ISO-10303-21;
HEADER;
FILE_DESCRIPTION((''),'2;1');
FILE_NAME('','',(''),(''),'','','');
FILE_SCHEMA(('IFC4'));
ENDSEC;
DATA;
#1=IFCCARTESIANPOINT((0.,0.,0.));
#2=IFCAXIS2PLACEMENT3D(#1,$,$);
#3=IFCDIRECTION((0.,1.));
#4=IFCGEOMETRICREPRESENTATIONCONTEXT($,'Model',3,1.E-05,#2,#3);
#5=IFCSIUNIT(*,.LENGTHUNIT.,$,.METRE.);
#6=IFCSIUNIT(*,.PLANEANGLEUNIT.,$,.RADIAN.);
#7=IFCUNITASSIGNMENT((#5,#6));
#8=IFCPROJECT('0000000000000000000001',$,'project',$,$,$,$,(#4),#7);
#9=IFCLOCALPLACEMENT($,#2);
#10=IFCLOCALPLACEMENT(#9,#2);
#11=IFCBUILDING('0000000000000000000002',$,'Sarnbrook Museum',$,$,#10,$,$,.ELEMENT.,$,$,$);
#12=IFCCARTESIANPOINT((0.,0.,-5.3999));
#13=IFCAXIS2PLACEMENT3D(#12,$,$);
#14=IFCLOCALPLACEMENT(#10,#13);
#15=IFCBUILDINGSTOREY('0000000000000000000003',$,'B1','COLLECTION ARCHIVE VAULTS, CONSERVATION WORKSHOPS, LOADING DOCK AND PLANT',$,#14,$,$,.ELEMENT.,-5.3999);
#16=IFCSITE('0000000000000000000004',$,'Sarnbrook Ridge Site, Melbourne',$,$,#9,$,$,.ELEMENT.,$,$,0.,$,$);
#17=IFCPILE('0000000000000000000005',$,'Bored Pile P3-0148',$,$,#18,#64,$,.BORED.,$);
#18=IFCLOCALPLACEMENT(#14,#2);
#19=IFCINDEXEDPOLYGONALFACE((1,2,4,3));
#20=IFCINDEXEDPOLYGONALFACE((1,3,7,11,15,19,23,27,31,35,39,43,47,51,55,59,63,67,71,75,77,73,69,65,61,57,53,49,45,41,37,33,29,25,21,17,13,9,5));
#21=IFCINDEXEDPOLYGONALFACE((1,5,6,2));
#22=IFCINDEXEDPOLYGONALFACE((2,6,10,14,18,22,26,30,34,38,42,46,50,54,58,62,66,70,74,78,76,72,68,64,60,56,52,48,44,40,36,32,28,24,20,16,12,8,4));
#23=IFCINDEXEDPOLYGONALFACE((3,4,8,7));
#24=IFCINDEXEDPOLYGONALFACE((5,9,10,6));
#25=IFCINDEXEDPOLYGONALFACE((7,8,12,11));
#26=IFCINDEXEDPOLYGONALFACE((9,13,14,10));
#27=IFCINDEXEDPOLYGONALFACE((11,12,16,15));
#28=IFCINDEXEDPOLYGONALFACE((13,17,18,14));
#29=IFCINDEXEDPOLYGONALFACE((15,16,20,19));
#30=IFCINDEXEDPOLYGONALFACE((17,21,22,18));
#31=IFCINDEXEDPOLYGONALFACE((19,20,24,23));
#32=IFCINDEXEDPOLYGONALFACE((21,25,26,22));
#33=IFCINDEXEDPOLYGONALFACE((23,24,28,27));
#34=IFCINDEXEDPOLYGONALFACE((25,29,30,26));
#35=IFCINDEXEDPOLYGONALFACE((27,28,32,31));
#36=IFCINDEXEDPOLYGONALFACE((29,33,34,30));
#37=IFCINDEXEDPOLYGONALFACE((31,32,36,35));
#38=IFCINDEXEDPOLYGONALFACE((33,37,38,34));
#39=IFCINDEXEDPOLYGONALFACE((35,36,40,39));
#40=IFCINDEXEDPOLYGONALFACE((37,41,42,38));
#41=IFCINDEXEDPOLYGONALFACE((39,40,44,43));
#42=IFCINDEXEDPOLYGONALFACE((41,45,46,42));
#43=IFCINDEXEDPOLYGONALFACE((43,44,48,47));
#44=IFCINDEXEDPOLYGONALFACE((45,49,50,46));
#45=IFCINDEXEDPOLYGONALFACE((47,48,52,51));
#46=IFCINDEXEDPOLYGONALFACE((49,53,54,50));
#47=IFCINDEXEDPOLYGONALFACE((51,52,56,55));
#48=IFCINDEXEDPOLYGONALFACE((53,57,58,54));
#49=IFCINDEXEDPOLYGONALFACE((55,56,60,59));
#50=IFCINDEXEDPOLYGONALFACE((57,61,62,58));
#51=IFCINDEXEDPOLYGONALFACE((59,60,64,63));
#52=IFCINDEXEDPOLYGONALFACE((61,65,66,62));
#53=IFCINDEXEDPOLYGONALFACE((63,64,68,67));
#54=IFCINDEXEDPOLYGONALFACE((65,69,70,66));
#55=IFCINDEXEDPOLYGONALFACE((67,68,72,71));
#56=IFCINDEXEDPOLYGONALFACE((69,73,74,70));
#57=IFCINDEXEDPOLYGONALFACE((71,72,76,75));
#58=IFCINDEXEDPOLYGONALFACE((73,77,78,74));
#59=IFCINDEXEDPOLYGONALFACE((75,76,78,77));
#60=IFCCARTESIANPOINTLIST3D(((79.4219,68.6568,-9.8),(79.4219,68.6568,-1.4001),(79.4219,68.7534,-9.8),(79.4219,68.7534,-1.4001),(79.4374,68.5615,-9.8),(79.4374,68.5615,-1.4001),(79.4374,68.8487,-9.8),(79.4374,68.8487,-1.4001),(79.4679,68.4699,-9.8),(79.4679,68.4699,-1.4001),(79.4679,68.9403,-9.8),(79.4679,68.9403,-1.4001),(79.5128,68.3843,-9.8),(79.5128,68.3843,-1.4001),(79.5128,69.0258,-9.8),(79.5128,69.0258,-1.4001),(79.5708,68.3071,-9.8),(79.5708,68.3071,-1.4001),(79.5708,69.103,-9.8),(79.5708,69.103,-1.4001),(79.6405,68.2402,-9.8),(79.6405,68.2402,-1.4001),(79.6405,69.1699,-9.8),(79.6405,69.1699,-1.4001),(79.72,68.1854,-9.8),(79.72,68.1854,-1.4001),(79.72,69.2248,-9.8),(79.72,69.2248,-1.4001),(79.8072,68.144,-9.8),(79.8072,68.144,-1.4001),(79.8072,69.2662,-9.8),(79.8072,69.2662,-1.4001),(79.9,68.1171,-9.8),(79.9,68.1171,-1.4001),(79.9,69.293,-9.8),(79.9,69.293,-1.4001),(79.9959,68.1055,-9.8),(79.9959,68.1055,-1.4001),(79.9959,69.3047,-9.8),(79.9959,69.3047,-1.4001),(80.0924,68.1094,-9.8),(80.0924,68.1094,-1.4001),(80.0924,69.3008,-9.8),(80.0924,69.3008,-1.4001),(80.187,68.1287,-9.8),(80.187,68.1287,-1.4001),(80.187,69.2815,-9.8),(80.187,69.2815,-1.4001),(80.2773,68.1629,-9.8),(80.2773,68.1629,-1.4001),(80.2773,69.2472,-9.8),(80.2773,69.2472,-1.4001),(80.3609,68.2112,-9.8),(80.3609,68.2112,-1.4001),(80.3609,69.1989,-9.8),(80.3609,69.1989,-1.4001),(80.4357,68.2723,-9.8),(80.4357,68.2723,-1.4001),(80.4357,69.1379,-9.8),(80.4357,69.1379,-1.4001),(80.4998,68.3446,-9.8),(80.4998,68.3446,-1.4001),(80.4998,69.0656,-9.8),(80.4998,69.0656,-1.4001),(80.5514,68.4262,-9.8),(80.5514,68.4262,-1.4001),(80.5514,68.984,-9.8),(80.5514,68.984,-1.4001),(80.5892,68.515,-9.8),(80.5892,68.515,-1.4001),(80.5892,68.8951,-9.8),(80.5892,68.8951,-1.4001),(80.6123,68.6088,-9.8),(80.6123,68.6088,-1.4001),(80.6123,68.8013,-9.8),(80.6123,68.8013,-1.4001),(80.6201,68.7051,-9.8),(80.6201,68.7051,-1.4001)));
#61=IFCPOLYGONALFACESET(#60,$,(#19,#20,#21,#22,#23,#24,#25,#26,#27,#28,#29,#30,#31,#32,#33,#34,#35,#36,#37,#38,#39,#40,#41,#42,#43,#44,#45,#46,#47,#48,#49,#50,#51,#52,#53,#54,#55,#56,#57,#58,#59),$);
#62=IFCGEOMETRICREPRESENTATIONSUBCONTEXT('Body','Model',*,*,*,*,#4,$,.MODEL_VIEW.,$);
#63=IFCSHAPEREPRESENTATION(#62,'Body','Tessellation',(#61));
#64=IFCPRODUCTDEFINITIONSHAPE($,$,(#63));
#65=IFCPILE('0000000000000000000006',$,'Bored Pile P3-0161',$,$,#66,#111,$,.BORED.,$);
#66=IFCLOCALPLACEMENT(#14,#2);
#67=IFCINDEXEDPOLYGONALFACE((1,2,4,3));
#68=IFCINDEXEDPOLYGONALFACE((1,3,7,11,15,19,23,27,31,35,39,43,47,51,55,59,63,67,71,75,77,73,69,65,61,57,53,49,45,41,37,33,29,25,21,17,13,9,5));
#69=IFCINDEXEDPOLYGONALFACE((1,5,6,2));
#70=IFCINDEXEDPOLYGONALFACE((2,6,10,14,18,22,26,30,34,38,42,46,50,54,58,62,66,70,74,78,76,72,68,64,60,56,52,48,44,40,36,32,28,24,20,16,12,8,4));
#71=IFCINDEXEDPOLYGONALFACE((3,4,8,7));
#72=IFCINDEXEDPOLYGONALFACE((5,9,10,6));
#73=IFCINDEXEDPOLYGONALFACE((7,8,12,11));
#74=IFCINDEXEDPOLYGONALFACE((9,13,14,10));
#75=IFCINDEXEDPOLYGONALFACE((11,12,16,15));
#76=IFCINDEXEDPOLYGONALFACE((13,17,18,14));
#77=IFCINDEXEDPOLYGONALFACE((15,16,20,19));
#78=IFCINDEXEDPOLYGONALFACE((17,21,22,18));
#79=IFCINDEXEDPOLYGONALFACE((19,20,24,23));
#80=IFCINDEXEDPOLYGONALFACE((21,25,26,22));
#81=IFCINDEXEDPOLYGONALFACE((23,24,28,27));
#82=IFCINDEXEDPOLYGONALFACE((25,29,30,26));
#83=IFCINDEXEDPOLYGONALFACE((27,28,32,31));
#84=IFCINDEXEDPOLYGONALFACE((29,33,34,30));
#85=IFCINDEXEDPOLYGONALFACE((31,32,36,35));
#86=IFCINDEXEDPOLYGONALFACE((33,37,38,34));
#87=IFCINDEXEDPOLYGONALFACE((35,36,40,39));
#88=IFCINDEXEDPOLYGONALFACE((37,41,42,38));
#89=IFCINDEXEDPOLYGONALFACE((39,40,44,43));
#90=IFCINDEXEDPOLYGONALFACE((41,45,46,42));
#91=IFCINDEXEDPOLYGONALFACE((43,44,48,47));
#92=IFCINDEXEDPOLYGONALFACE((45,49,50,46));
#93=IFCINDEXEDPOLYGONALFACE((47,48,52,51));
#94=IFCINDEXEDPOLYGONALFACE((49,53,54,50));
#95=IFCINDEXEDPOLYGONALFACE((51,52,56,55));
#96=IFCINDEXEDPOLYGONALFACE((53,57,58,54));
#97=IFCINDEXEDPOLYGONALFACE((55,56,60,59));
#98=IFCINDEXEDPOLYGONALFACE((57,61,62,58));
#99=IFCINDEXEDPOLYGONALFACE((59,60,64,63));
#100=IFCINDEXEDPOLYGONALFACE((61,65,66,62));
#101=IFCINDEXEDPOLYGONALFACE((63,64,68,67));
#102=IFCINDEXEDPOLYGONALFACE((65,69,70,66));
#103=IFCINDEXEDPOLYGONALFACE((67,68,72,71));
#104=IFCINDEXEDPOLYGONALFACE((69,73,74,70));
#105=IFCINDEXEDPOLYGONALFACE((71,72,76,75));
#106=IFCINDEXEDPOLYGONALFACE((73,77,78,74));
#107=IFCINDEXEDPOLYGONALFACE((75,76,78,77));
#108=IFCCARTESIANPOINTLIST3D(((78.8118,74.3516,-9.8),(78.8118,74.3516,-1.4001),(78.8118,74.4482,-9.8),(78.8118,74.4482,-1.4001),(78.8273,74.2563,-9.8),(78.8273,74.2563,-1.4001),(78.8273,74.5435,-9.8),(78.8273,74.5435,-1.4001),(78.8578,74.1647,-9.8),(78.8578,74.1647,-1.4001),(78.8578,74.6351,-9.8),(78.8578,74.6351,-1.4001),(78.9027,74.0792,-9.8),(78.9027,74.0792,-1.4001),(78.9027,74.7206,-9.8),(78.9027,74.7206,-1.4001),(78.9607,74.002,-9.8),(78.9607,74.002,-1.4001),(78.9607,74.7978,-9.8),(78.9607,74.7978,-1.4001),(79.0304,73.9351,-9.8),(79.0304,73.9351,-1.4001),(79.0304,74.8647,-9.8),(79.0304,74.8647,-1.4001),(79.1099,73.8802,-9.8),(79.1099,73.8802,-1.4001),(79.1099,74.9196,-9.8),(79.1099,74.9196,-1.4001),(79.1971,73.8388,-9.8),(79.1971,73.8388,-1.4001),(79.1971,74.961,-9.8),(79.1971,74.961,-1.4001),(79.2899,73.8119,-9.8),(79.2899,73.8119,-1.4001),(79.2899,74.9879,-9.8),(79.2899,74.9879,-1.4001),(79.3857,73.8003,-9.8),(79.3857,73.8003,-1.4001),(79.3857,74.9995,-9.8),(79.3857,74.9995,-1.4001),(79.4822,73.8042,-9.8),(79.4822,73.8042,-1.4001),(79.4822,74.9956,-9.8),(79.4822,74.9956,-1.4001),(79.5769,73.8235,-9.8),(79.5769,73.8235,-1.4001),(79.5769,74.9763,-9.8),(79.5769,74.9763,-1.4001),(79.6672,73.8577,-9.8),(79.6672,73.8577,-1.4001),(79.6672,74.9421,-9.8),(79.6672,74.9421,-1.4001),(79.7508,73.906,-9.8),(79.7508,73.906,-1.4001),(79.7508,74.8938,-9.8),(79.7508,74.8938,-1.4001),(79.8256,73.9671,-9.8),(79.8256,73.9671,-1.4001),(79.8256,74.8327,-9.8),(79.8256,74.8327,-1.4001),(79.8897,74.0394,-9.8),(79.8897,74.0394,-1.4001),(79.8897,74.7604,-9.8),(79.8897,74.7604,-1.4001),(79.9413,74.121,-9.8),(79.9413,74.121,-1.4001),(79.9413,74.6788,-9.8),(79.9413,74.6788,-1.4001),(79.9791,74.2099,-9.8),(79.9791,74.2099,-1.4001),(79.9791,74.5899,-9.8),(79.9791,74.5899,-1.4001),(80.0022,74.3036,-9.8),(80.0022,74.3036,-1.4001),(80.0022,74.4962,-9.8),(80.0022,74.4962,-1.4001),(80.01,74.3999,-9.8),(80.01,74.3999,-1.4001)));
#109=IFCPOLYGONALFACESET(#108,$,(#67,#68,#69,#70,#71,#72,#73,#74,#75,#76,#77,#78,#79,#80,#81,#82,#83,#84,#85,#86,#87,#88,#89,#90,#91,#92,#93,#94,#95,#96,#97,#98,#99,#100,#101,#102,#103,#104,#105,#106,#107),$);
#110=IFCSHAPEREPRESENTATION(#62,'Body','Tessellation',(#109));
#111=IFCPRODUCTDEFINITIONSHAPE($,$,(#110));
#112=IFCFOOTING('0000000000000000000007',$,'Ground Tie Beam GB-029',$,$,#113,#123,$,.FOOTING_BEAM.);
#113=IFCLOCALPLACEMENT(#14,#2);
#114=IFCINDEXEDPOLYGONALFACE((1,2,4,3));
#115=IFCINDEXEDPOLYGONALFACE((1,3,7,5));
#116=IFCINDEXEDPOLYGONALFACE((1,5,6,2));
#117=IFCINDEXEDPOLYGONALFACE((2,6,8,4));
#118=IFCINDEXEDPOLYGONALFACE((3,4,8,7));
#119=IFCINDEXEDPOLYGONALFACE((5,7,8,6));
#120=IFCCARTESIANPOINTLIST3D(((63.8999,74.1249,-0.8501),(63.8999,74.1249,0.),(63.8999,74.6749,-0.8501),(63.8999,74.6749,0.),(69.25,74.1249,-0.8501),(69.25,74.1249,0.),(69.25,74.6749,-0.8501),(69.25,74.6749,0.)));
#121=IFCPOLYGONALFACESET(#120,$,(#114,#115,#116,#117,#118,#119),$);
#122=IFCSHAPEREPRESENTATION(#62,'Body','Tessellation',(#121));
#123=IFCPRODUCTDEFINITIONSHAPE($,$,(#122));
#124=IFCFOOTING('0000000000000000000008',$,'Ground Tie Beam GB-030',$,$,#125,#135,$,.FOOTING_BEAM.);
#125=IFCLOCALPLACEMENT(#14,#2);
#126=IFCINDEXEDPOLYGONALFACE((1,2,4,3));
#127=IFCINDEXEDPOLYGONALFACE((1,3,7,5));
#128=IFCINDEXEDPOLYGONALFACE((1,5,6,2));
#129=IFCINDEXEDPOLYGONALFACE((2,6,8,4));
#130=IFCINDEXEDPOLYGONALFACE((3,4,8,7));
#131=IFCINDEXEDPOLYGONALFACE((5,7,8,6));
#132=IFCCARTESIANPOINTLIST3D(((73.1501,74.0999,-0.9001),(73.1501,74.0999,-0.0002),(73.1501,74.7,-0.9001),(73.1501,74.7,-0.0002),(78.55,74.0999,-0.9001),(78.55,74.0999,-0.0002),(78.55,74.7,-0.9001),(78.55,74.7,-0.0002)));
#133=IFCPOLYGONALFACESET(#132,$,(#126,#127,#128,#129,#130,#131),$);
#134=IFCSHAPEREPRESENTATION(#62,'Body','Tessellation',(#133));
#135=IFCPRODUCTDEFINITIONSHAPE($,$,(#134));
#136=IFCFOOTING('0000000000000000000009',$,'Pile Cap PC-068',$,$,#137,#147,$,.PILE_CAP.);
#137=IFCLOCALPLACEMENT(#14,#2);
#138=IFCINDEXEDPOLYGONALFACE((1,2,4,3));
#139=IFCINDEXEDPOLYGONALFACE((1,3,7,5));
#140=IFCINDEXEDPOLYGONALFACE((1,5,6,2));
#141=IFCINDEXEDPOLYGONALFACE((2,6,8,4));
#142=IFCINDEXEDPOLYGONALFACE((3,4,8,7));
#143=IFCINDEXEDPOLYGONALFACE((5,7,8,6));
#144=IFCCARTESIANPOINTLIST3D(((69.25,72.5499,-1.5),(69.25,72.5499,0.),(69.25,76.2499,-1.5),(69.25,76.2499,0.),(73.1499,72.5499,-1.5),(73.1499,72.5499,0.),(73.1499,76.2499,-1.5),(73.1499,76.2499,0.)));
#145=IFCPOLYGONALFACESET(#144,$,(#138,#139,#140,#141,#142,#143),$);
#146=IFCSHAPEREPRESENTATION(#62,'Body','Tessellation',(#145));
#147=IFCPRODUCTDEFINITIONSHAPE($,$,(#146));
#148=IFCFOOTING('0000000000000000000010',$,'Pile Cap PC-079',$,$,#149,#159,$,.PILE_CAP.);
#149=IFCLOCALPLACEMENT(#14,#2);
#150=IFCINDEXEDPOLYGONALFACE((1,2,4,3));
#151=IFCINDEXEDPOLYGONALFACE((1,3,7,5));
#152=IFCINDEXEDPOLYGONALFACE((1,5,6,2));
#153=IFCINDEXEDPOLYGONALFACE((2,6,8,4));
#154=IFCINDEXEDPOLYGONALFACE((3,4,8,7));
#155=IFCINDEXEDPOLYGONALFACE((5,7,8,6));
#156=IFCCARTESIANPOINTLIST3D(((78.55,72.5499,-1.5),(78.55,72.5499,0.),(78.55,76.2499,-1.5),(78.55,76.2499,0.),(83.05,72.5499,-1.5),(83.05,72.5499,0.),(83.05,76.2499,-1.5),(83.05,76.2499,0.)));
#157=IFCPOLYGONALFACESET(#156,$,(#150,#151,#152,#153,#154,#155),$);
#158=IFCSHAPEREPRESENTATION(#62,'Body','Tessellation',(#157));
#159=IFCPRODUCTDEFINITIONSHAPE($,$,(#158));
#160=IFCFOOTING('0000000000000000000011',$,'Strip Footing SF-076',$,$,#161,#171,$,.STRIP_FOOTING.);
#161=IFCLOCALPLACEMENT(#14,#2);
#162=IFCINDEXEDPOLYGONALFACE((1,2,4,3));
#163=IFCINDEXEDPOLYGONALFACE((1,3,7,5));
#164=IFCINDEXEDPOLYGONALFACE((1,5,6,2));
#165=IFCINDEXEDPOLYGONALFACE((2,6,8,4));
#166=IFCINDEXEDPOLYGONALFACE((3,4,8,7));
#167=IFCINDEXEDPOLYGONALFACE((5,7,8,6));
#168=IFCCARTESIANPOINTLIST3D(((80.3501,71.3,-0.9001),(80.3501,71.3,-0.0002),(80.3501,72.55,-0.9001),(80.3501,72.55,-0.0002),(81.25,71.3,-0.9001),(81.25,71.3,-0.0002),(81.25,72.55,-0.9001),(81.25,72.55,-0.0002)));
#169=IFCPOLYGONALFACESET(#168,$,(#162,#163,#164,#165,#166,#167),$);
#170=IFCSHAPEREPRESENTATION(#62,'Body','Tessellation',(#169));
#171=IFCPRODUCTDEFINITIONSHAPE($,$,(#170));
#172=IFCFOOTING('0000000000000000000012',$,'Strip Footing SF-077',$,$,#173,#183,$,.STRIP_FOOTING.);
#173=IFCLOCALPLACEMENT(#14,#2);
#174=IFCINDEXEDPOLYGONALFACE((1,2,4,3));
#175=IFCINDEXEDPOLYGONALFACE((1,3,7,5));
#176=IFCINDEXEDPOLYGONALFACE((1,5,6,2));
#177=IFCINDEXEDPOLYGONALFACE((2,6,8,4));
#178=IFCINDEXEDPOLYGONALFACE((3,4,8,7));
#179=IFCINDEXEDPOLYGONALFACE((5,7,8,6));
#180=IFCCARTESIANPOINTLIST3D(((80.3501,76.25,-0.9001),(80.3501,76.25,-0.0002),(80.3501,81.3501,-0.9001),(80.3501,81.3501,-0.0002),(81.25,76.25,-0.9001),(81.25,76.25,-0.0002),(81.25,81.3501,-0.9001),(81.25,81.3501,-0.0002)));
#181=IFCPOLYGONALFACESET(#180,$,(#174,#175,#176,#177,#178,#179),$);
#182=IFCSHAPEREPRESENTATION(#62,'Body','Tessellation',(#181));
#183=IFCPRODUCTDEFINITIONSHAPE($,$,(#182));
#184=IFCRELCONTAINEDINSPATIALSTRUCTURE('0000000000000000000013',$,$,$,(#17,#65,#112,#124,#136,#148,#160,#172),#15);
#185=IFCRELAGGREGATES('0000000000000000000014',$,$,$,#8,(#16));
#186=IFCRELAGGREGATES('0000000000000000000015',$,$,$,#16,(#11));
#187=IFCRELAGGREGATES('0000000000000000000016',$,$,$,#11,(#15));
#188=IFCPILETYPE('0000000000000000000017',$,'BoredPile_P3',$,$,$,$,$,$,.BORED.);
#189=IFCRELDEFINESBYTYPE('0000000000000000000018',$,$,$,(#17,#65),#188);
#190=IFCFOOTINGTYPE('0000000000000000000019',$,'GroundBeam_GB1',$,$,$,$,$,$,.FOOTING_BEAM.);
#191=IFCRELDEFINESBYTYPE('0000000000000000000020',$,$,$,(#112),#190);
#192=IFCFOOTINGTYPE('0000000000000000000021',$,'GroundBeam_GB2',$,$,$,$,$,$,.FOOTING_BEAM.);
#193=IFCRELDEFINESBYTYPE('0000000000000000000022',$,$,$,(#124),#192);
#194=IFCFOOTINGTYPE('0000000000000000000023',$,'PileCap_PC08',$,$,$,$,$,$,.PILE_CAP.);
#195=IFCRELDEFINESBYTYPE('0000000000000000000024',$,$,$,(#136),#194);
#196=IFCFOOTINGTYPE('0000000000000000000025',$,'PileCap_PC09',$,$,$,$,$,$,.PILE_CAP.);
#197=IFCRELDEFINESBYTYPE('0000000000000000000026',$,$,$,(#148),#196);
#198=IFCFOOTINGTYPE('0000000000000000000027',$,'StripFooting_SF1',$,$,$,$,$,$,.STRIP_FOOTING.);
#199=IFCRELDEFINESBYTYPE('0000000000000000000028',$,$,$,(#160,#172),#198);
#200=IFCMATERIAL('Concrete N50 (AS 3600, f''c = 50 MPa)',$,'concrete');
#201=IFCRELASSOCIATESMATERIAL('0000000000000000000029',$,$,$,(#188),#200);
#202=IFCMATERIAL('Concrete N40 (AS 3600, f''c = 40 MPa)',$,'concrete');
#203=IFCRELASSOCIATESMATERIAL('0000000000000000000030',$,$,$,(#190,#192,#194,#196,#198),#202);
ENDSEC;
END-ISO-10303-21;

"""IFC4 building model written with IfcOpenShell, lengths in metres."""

from ifc_helpers import new_model, si_unit, direction, frame, origin, origin_2d, place, context, subcontext, project, spatial, rectangle, circle, extrude, material, material_profile, profile_set, type_object, element, save


model = new_model("IFC4")

# Units and contexts
model_context = context("Model", 3, precision=1e-05, world=origin(), true_north=direction((0.0, 1.0)))
body_context = subcontext(model_context, "Body", "Model", "MODEL_VIEW")
ifc_project = project(units=[si_unit("LENGTHUNIT", "METRE"), si_unit("PLANEANGLEUNIT", "RADIAN")], contexts=[model_context])

# Site, building, storey
site_placement = place(None, origin())
site = spatial("IfcSite", under=ifc_project, at=site_placement, Name="Sarnbrook Ridge Site, Melbourne", CompositionType="ELEMENT", RefElevation=0.0)
building_placement = place(site_placement, origin())
building = spatial("IfcBuilding", under=site, at=building_placement, Name="Sarnbrook Museum", CompositionType="ELEMENT")
storey_placement = place(building_placement, frame((0.0, 0.0, -5.3999)))
storey = spatial("IfcBuildingStorey", under=building, at=storey_placement, Name="B1", Description="COLLECTION ARCHIVE VAULTS, CONSERVATION WORKSHOPS, LOADING DOCK AND PLANT", CompositionType="ELEMENT", Elevation=-5.3999)

# Piles
ifc_material_1 = material(Name="Concrete N50 (AS 3600, f'c = 50 MPa)", Category="concrete")
ifc_material_profile_1 = material_profile(ifc_material_1, circle(Radius=0.6001, at=origin_2d()), Name="BORED PILE D1200")
ifc_profile_set_1 = profile_set([ifc_material_profile_1], Name="Concrete N50 (AS 3600, f'c = 50 MPa)")
pile_type_1 = type_object("IfcPileType", Name="BoredPile_P3", PredefinedType="BORED", material=ifc_profile_set_1)
for number, where, z_axis, x_axis, name in (
    (1, (80.02, 68.7051, -1.4001), (0.0, 0.0, -1.0), (1.0, 0.0, 0.0), "Bored Pile P3-0148"),
    (2, (79.4099, 74.3999, -1.4001), (0.0, 0.0, -1.0), (1.0, 0.0, 0.0), "Bored Pile P3-0161"),
):
    element("IfcPile", number, at=place(storey_placement, frame(where, z_axis=z_axis, x_axis=x_axis)), inside=storey, type_object=pile_type_1, Name=name, PredefinedType="BORED", context=body_context, shape_type="SweptSolid", body=[
        extrude(circle(Radius=0.6001, at=origin_2d()), origin(), (0.0, 0.0, 1.0), 8.3999),
    ])

# Footings
ifc_material_2 = material(Name="Concrete N40 (AS 3600, f'c = 40 MPa)", Category="concrete")
footing_type_1 = type_object("IfcFootingType", Name="GroundBeam_GB1", PredefinedType="FOOTING_BEAM", material=ifc_material_2)
footing_1_placement = place(storey_placement, frame((66.575, 74.3999, -0.8501), z_axis=(0.0, 0.0, 1.0), x_axis=(1.0, 0.0, 0.0)))
element("IfcFooting", 3, at=footing_1_placement, inside=storey, type_object=footing_type_1, Name="Ground Tie Beam GB-029", PredefinedType="FOOTING_BEAM", context=body_context, shape_type="SweptSolid", body=[
    extrude(rectangle(XDim=5.3501, YDim=0.55, at=origin_2d()), origin(), (0.0, 0.0, 1.0), 0.8501),
])
footing_type_2 = type_object("IfcFootingType", Name="GroundBeam_GB2", PredefinedType="FOOTING_BEAM", material=ifc_material_2)
footing_2_placement = place(storey_placement, frame((75.8501, 74.3999, -0.9001), z_axis=(0.0, 0.0, 1.0), x_axis=(1.0, 0.0, 0.0)))
element("IfcFooting", 4, at=footing_2_placement, inside=storey, type_object=footing_type_2, Name="Ground Tie Beam GB-030", PredefinedType="FOOTING_BEAM", context=body_context, shape_type="SweptSolid", body=[
    extrude(rectangle(XDim=5.3999, YDim=0.6001, at=origin_2d()), origin(), (0.0, 0.0, 1.0), 0.8999),
])
footing_type_3 = type_object("IfcFootingType", Name="PileCap_PC08", PredefinedType="PILE_CAP", material=ifc_material_2)
footing_3_placement = place(storey_placement, frame((71.2, 74.3999, -1.5), z_axis=(0.0, 0.0, 1.0), x_axis=(1.0, 0.0, 0.0)))
element("IfcFooting", 5, at=footing_3_placement, inside=storey, type_object=footing_type_3, Name="Pile Cap PC-068", PredefinedType="PILE_CAP", context=body_context, shape_type="SweptSolid", body=[
    extrude(rectangle(XDim=3.8999, YDim=3.7, at=origin_2d()), origin(), (0.0, 0.0, 1.0), 1.5),
])
footing_type_4 = type_object("IfcFootingType", Name="PileCap_PC09", PredefinedType="PILE_CAP", material=ifc_material_2)
footing_4_placement = place(storey_placement, frame((80.8, 74.3999, -1.5), z_axis=(0.0, 0.0, 1.0), x_axis=(1.0, 0.0, 0.0)))
element("IfcFooting", 6, at=footing_4_placement, inside=storey, type_object=footing_type_4, Name="Pile Cap PC-079", PredefinedType="PILE_CAP", context=body_context, shape_type="SweptSolid", body=[
    extrude(rectangle(XDim=4.5, YDim=3.7, at=origin_2d()), origin(), (0.0, 0.0, 1.0), 1.5),
])
footing_type_5 = type_object("IfcFootingType", Name="StripFooting_SF1", PredefinedType="STRIP_FOOTING", material=ifc_material_2)
footing_5_placement = place(storey_placement, frame((80.8, 71.925, -0.9001), z_axis=(0.0, 0.0, 1.0), x_axis=(1.0, 0.0, 0.0)))
element("IfcFooting", 7, at=footing_5_placement, inside=storey, type_object=footing_type_5, Name="Strip Footing SF-076", PredefinedType="STRIP_FOOTING", context=body_context, shape_type="SweptSolid", body=[
    extrude(rectangle(XDim=0.8999, YDim=1.25, at=origin_2d()), origin(), (0.0, 0.0, 1.0), 0.8999),
])
footing_6_placement = place(storey_placement, frame((80.8, 78.8, -0.9001), z_axis=(0.0, 0.0, 1.0), x_axis=(1.0, 0.0, 0.0)))
element("IfcFooting", 8, at=footing_6_placement, inside=storey, type_object=footing_type_5, Name="Strip Footing SF-077", PredefinedType="STRIP_FOOTING", context=body_context, shape_type="SweptSolid", body=[
    extrude(rectangle(XDim=0.8999, YDim=5.1001, at=origin_2d()), origin(), (0.0, 0.0, 1.0), 0.8999),
])

save(model, "model.ifc")
